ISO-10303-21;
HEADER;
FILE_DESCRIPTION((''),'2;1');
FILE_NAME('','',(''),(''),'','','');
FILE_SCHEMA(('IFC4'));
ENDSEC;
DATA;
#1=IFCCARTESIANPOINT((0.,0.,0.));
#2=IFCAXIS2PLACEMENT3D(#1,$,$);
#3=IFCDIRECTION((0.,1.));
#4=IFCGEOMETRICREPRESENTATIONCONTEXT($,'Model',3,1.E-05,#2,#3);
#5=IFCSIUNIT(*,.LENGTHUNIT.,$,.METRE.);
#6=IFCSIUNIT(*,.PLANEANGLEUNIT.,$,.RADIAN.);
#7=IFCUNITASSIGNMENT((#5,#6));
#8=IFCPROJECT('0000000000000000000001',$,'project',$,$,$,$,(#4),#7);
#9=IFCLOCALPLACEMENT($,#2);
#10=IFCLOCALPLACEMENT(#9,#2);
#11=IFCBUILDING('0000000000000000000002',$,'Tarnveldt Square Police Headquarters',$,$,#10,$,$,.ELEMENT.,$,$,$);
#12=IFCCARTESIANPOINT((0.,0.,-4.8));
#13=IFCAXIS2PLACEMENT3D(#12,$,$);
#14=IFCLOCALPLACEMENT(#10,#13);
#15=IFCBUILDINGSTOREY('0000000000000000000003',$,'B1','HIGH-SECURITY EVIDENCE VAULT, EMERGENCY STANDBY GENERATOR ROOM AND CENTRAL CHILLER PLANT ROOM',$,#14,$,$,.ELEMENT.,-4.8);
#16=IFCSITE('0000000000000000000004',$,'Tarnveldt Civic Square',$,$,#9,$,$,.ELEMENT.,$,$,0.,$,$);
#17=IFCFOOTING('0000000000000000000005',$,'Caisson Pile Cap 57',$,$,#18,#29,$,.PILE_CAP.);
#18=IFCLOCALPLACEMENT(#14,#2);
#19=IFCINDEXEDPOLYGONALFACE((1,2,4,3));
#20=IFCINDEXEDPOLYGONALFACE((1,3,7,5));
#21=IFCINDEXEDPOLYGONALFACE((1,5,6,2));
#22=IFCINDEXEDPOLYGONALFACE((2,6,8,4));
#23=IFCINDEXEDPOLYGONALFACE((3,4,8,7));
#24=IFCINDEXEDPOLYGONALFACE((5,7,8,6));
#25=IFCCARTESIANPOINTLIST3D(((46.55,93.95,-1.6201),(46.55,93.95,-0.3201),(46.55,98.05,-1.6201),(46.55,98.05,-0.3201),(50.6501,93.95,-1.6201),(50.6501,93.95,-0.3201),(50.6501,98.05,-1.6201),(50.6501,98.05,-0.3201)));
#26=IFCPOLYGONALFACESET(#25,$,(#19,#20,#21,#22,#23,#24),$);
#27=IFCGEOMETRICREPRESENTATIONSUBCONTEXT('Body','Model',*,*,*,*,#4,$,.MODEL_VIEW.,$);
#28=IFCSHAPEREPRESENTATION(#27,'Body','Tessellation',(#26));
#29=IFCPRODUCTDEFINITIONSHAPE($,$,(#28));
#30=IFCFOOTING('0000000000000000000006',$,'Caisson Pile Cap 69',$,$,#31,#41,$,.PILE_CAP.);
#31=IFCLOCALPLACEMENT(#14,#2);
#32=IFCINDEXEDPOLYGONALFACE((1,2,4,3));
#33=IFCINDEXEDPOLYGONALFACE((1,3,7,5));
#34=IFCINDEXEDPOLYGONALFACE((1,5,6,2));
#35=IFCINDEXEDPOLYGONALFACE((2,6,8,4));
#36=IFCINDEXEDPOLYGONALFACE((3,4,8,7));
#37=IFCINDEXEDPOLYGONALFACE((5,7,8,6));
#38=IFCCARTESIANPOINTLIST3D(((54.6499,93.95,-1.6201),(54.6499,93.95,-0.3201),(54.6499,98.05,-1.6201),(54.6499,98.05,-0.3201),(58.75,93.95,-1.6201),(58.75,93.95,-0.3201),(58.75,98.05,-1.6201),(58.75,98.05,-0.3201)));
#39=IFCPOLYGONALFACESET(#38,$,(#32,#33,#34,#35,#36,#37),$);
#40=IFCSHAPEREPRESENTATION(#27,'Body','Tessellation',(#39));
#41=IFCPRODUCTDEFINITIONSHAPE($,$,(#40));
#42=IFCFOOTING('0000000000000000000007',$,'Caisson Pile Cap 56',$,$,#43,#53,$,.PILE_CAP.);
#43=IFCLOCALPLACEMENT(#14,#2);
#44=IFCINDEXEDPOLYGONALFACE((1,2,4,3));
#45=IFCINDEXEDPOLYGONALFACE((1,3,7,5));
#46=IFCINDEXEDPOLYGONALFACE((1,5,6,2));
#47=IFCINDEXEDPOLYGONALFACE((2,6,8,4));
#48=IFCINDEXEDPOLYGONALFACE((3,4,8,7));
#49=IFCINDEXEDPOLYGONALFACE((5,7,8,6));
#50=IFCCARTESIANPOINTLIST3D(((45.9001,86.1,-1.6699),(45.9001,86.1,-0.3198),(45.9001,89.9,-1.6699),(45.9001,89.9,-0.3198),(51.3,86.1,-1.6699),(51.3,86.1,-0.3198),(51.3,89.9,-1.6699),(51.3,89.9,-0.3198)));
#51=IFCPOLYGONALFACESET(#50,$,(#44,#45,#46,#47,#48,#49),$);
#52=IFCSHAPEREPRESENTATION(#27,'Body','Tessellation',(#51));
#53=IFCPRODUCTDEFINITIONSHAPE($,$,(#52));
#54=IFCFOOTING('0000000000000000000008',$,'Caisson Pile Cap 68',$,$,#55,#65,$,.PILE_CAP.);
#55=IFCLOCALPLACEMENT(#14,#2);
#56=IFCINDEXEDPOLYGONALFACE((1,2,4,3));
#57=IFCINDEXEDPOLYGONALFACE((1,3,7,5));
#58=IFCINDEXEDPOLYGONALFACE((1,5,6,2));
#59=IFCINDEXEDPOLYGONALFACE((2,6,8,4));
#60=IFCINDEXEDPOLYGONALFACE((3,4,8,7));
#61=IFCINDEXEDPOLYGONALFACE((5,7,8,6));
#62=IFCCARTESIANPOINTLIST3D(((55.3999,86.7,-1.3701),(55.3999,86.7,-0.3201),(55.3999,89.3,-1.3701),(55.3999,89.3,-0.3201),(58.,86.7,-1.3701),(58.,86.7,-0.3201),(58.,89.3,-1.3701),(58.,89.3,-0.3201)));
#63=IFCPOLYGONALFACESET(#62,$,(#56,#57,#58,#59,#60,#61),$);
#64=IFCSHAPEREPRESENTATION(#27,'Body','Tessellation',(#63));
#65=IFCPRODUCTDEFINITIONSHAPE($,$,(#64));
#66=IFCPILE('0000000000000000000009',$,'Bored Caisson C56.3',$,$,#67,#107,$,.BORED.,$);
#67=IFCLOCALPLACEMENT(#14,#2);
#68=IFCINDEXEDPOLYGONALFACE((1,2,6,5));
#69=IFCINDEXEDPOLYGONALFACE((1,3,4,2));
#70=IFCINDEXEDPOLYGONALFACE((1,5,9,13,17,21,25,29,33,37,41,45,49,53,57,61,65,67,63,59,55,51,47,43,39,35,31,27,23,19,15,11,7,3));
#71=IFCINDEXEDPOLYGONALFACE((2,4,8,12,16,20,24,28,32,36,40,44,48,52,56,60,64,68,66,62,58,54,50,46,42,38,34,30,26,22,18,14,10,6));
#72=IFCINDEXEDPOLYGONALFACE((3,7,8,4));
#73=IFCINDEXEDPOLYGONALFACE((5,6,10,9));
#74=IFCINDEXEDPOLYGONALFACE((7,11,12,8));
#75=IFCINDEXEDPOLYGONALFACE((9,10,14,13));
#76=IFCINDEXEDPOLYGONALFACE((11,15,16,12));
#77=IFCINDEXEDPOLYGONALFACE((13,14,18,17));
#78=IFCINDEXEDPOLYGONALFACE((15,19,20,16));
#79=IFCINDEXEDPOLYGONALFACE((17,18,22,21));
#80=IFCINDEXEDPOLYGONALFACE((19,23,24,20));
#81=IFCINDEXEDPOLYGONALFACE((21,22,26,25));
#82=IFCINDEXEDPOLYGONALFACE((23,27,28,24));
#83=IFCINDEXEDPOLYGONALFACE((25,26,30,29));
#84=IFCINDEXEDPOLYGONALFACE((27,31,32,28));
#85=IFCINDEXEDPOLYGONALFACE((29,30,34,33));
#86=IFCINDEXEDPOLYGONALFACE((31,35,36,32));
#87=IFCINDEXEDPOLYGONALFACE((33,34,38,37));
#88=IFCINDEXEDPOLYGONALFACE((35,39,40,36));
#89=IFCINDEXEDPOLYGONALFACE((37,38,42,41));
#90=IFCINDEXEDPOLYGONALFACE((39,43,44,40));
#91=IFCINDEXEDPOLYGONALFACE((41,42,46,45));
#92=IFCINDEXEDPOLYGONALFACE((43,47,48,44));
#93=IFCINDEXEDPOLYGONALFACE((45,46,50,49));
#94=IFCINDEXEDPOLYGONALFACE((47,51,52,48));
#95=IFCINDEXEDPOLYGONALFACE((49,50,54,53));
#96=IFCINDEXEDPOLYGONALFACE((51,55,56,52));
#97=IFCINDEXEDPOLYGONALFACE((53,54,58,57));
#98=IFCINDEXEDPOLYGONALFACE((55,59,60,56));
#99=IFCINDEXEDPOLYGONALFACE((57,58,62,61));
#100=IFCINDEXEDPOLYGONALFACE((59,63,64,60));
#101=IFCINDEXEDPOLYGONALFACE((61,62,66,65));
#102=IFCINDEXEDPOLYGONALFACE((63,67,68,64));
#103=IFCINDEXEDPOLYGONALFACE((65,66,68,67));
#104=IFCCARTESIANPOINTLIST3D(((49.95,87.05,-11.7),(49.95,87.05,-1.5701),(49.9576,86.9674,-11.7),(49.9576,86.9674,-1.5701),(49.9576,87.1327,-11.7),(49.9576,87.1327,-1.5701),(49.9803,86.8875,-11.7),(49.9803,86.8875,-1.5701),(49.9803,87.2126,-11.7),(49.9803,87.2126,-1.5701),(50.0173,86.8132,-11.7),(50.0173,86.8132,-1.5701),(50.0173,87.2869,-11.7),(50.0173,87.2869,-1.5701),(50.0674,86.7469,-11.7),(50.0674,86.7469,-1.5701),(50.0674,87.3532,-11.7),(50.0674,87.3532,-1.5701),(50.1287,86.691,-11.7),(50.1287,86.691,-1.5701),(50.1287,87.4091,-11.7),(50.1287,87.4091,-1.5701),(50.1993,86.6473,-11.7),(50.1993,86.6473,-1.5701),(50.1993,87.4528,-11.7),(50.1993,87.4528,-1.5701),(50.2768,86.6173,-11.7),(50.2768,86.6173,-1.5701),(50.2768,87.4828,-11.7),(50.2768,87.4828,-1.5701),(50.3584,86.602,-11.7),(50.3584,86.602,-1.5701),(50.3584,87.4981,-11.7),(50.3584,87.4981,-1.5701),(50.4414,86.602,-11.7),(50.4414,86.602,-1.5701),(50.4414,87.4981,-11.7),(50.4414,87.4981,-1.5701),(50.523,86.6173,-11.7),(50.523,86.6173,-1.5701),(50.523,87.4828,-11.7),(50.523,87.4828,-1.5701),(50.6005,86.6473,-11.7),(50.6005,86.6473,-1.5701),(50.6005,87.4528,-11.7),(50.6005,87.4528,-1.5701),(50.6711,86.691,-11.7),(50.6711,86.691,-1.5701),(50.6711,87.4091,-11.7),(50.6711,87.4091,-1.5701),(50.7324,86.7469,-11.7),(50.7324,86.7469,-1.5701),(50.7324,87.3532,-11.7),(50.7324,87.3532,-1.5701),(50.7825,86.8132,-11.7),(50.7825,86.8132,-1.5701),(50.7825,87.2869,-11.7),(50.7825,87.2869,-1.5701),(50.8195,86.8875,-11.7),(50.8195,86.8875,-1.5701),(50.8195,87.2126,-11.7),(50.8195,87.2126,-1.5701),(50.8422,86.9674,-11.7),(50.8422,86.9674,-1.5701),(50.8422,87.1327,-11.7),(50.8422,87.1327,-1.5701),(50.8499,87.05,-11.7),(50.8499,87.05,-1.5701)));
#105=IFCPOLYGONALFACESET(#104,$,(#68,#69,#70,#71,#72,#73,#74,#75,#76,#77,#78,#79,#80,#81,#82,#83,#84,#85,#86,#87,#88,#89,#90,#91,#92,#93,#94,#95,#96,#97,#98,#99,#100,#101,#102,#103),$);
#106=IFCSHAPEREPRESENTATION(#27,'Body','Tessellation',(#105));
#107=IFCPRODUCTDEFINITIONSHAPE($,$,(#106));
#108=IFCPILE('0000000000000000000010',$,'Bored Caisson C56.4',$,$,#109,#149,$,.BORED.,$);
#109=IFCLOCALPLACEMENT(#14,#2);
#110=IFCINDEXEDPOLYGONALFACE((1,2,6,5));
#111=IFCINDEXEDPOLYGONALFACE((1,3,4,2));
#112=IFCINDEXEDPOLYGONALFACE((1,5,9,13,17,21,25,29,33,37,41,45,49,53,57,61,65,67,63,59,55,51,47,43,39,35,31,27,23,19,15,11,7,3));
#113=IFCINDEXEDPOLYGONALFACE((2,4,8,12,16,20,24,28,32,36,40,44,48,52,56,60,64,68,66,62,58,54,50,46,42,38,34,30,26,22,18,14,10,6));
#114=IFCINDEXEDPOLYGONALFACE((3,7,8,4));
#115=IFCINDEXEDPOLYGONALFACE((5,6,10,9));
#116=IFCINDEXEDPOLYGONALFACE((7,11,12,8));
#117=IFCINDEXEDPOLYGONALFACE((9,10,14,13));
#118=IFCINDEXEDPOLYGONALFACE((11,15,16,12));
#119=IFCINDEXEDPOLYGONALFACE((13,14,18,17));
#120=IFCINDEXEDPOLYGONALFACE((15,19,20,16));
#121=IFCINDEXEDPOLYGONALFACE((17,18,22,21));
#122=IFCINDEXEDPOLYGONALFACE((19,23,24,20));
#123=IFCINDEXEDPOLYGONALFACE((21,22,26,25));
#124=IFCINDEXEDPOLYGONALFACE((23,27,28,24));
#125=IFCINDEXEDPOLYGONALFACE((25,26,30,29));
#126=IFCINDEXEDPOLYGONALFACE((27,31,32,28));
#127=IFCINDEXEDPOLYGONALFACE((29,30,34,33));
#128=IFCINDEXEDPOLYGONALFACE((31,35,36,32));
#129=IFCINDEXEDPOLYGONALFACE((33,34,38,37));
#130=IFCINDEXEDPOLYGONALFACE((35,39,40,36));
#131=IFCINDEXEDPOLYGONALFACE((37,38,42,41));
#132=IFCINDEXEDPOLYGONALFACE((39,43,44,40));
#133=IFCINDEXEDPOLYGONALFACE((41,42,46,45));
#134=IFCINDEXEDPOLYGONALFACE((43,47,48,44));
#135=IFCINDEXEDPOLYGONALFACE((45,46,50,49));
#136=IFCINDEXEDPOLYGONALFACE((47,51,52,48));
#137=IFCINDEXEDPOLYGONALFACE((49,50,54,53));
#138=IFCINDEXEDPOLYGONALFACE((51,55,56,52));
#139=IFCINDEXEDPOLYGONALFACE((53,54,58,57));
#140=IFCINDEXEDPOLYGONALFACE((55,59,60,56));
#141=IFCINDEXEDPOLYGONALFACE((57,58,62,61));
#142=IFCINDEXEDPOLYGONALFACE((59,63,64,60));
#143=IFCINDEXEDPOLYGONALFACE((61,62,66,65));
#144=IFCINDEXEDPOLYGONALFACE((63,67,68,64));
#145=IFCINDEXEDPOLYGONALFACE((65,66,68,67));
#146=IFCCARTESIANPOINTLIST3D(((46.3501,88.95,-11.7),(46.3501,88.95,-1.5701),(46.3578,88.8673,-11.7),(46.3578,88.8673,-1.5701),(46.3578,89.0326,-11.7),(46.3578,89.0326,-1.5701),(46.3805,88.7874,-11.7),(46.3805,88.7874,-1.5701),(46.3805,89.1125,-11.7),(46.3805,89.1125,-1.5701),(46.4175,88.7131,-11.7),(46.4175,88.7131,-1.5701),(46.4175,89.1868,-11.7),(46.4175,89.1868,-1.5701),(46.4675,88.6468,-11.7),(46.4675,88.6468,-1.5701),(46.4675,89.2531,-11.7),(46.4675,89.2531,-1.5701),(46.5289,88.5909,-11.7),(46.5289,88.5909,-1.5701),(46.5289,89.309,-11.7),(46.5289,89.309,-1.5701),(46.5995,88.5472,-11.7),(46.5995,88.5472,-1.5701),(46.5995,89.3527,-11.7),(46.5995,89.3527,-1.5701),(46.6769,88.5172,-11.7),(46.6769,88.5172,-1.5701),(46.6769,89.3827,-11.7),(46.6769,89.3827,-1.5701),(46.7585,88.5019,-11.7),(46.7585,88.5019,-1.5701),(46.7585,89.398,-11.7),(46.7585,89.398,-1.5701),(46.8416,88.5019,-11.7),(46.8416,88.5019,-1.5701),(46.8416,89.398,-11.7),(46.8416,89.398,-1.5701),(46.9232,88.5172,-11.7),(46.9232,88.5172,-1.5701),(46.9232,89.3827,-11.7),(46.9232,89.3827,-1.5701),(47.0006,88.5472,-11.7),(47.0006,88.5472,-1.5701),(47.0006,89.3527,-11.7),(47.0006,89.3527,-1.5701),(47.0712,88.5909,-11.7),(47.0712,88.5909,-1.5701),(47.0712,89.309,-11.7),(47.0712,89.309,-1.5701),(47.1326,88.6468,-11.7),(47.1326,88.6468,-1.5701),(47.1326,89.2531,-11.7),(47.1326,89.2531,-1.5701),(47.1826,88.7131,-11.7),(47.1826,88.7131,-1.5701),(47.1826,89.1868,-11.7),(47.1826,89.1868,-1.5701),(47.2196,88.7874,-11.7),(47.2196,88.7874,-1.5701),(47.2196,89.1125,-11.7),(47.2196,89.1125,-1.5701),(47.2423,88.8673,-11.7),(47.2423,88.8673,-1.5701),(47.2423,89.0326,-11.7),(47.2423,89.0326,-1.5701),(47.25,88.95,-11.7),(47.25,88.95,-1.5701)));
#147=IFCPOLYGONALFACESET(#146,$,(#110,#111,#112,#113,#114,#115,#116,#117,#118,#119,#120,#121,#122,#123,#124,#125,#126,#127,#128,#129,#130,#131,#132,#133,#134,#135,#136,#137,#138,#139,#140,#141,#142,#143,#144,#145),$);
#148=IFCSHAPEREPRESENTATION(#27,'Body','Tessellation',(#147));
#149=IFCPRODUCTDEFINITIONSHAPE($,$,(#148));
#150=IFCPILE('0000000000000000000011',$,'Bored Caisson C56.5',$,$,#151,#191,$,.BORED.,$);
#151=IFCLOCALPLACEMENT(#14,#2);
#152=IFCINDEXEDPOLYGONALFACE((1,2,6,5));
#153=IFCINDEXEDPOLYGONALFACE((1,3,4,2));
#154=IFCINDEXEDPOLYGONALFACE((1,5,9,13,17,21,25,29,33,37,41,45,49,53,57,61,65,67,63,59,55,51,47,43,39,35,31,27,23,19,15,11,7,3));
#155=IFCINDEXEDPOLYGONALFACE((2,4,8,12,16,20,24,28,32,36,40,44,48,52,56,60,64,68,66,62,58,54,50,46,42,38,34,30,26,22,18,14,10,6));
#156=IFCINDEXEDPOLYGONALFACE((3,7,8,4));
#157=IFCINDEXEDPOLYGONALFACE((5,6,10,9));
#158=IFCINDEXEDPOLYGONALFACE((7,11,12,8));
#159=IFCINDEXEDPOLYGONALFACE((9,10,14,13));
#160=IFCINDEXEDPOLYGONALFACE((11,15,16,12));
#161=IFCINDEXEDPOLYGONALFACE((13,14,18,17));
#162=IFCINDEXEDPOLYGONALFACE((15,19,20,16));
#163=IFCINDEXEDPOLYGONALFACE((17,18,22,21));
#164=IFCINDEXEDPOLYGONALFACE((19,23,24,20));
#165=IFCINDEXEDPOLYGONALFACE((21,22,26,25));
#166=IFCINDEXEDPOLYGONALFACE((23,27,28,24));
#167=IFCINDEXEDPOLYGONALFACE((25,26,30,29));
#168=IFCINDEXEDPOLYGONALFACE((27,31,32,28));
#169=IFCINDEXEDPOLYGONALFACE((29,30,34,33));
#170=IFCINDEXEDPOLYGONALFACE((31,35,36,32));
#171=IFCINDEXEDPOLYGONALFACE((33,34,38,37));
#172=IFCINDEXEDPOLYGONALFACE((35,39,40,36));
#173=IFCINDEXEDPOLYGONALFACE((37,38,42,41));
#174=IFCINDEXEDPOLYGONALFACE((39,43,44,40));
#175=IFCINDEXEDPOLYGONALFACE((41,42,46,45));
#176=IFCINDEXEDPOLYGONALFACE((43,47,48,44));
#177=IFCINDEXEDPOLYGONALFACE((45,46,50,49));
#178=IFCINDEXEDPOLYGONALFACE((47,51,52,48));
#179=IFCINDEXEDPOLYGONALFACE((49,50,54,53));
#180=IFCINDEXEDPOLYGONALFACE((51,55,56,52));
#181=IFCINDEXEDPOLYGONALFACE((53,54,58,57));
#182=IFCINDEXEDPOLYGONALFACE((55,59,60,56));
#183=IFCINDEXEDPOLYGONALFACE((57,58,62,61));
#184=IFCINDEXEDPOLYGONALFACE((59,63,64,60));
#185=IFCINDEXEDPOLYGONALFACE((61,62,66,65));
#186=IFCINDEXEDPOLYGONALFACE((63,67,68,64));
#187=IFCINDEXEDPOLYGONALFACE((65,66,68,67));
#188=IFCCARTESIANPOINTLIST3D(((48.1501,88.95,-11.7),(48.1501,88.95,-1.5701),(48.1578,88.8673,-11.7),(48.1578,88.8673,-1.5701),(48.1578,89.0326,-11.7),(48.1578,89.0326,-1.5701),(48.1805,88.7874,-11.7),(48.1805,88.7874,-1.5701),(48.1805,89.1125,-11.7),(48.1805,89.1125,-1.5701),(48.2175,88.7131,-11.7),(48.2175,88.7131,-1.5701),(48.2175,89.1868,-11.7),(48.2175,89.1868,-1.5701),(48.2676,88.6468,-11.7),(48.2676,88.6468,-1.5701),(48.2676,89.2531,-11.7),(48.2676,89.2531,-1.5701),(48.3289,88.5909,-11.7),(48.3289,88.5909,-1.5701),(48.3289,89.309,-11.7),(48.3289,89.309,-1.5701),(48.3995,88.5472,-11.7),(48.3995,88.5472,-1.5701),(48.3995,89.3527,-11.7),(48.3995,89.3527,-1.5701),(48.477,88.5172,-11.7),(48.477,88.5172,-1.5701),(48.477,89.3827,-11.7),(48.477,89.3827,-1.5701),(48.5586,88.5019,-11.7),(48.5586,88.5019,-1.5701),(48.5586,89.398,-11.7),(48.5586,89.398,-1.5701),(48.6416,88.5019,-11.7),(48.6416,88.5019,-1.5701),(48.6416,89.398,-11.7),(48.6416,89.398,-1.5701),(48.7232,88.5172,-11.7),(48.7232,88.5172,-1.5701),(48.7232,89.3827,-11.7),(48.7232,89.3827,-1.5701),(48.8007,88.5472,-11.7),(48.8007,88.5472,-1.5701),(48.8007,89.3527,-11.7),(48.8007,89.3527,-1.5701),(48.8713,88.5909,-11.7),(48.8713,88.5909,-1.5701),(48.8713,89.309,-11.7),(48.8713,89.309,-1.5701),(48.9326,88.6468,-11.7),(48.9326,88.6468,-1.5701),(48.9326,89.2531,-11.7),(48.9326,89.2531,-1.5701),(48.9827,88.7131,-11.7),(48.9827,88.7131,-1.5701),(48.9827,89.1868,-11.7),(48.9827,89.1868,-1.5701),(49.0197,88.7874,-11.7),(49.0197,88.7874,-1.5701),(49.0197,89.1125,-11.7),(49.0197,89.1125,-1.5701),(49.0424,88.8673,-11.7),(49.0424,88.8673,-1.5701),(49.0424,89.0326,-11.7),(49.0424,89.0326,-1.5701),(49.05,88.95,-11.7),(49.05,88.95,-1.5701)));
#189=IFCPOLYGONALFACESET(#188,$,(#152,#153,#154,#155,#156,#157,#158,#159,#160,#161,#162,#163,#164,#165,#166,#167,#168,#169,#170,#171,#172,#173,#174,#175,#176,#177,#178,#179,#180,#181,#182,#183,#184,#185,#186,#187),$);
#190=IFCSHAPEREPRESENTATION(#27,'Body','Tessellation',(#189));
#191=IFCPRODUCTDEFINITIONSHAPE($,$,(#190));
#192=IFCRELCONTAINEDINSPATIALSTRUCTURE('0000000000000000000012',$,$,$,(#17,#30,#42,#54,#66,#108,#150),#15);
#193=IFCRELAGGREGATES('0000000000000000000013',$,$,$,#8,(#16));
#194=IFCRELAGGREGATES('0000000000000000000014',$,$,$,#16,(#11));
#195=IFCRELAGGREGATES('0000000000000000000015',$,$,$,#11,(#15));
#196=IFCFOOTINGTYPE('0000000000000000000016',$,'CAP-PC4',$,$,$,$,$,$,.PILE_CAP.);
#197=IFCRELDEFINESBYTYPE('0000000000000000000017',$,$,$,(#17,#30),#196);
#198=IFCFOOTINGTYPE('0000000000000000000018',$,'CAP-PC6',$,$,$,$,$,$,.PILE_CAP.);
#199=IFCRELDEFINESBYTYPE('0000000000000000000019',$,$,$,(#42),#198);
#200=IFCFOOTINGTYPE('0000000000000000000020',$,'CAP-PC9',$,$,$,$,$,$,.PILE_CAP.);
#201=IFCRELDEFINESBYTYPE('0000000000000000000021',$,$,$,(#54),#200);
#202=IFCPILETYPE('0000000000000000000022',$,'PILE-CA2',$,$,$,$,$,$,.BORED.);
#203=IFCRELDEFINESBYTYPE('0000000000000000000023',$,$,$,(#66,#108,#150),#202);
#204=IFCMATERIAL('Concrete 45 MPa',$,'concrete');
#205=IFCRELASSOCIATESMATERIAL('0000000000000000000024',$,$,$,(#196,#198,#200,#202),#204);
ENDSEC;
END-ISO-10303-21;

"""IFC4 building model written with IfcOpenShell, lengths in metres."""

from ifc_helpers import new_model, si_unit, direction, frame, origin, origin_2d, place, context, subcontext, project, spatial, rectangle, circle, extrude, material, material_profile, profile_set, type_object, element, save


model = new_model("IFC4")

# Units and contexts
model_context = context("Model", 3, precision=1e-05, world=origin(), true_north=direction((0.0, 1.0)))
body_context = subcontext(model_context, "Body", "Model", "MODEL_VIEW")
ifc_project = project(units=[si_unit("LENGTHUNIT", "METRE"), si_unit("PLANEANGLEUNIT", "RADIAN")], contexts=[model_context])

# Site, building, storey
site_placement = place(None, origin())
site = spatial("IfcSite", under=ifc_project, at=site_placement, Name="Tarnveldt Civic Square", CompositionType="ELEMENT", RefElevation=0.0)
building_placement = place(site_placement, origin())
building = spatial("IfcBuilding", under=site, at=building_placement, Name="Tarnveldt Square Police Headquarters", CompositionType="ELEMENT")
storey_placement = place(building_placement, frame((0.0, 0.0, -4.8)))
storey = spatial("IfcBuildingStorey", under=building, at=storey_placement, Name="B1", Description="HIGH-SECURITY EVIDENCE VAULT, EMERGENCY STANDBY GENERATOR ROOM AND CENTRAL CHILLER PLANT ROOM", CompositionType="ELEMENT", Elevation=-4.8)

# Footings
ifc_material_1 = material(Name="Concrete 45 MPa", Category="concrete")
footing_type_1 = type_object("IfcFootingType", Name="CAP-PC4", PredefinedType="PILE_CAP", material=ifc_material_1)
for number, where, z_axis, x_axis, name in (
    (1, (48.6001, 96.0, -1.6201), (0.0, 0.0, 1.0), (1.0, 0.0, 0.0), "Caisson Pile Cap 57"),
    (2, (56.7, 96.0, -1.6201), (0.0, 0.0, 1.0), (1.0, 0.0, 0.0), "Caisson Pile Cap 69"),
):
    element("IfcFooting", number, at=place(storey_placement, frame(where, z_axis=z_axis, x_axis=x_axis)), inside=storey, type_object=footing_type_1, Name=name, PredefinedType="PILE_CAP", context=body_context, shape_type="SweptSolid", body=[
        extrude(rectangle(XDim=4.1001, YDim=4.1001, at=origin_2d()), origin(), (0.0, 0.0, 1.0), 1.3),
    ])
footing_type_2 = type_object("IfcFootingType", Name="CAP-PC6", PredefinedType="PILE_CAP", material=ifc_material_1)
footing_1_placement = place(storey_placement, frame((48.6001, 88.0, -1.6699), z_axis=(0.0, 0.0, 1.0), x_axis=(1.0, 0.0, 0.0)))
element("IfcFooting", 3, at=footing_1_placement, inside=storey, type_object=footing_type_2, Name="Caisson Pile Cap 56", PredefinedType="PILE_CAP", context=body_context, shape_type="SweptSolid", body=[
    extrude(rectangle(XDim=5.3999, YDim=3.8, at=origin_2d()), origin(), (0.0, 0.0, 1.0), 1.3501),
])
footing_type_3 = type_object("IfcFootingType", Name="CAP-PC9", PredefinedType="PILE_CAP", material=ifc_material_1)
footing_2_placement = place(storey_placement, frame((56.7, 88.0, -1.3701), z_axis=(0.0, 0.0, 1.0), x_axis=(1.0, 0.0, 0.0)))
element("IfcFooting", 4, at=footing_2_placement, inside=storey, type_object=footing_type_3, Name="Caisson Pile Cap 68", PredefinedType="PILE_CAP", context=body_context, shape_type="SweptSolid", body=[
    extrude(rectangle(XDim=2.6001, YDim=2.6001, at=origin_2d()), origin(), (0.0, 0.0, 1.0), 1.05),
])

# Piles
ifc_material_profile_1 = material_profile(ifc_material_1, circle(Radius=0.45, at=origin_2d()), Name="CAISSON-D900")
ifc_profile_set_1 = profile_set([ifc_material_profile_1], Name="Concrete 45 MPa")
pile_type_1 = type_object("IfcPileType", Name="PILE-CA2", PredefinedType="BORED", material=ifc_profile_set_1)
for number, where, z_axis, x_axis, name in (
    (5, (50.3999, 87.05, -1.5701), (0.0, 0.0, -1.0), (1.0, 0.0, 0.0), "Bored Caisson C56.3"),
    (6, (46.8, 88.95, -1.5701), (0.0, 0.0, -1.0), (1.0, 0.0, 0.0), "Bored Caisson C56.4"),
    (7, (48.6001, 88.95, -1.5701), (0.0, 0.0, -1.0), (1.0, 0.0, 0.0), "Bored Caisson C56.5"),
):
    element("IfcPile", number, at=place(storey_placement, frame(where, z_axis=z_axis, x_axis=x_axis)), inside=storey, type_object=pile_type_1, Name=name, PredefinedType="BORED", context=body_context, shape_type="SweptSolid", body=[
        extrude(circle(Radius=0.45, at=origin_2d()), origin(), (0.0, 0.0, 1.0), 10.1299),
    ])

save(model, "model.ifc")
